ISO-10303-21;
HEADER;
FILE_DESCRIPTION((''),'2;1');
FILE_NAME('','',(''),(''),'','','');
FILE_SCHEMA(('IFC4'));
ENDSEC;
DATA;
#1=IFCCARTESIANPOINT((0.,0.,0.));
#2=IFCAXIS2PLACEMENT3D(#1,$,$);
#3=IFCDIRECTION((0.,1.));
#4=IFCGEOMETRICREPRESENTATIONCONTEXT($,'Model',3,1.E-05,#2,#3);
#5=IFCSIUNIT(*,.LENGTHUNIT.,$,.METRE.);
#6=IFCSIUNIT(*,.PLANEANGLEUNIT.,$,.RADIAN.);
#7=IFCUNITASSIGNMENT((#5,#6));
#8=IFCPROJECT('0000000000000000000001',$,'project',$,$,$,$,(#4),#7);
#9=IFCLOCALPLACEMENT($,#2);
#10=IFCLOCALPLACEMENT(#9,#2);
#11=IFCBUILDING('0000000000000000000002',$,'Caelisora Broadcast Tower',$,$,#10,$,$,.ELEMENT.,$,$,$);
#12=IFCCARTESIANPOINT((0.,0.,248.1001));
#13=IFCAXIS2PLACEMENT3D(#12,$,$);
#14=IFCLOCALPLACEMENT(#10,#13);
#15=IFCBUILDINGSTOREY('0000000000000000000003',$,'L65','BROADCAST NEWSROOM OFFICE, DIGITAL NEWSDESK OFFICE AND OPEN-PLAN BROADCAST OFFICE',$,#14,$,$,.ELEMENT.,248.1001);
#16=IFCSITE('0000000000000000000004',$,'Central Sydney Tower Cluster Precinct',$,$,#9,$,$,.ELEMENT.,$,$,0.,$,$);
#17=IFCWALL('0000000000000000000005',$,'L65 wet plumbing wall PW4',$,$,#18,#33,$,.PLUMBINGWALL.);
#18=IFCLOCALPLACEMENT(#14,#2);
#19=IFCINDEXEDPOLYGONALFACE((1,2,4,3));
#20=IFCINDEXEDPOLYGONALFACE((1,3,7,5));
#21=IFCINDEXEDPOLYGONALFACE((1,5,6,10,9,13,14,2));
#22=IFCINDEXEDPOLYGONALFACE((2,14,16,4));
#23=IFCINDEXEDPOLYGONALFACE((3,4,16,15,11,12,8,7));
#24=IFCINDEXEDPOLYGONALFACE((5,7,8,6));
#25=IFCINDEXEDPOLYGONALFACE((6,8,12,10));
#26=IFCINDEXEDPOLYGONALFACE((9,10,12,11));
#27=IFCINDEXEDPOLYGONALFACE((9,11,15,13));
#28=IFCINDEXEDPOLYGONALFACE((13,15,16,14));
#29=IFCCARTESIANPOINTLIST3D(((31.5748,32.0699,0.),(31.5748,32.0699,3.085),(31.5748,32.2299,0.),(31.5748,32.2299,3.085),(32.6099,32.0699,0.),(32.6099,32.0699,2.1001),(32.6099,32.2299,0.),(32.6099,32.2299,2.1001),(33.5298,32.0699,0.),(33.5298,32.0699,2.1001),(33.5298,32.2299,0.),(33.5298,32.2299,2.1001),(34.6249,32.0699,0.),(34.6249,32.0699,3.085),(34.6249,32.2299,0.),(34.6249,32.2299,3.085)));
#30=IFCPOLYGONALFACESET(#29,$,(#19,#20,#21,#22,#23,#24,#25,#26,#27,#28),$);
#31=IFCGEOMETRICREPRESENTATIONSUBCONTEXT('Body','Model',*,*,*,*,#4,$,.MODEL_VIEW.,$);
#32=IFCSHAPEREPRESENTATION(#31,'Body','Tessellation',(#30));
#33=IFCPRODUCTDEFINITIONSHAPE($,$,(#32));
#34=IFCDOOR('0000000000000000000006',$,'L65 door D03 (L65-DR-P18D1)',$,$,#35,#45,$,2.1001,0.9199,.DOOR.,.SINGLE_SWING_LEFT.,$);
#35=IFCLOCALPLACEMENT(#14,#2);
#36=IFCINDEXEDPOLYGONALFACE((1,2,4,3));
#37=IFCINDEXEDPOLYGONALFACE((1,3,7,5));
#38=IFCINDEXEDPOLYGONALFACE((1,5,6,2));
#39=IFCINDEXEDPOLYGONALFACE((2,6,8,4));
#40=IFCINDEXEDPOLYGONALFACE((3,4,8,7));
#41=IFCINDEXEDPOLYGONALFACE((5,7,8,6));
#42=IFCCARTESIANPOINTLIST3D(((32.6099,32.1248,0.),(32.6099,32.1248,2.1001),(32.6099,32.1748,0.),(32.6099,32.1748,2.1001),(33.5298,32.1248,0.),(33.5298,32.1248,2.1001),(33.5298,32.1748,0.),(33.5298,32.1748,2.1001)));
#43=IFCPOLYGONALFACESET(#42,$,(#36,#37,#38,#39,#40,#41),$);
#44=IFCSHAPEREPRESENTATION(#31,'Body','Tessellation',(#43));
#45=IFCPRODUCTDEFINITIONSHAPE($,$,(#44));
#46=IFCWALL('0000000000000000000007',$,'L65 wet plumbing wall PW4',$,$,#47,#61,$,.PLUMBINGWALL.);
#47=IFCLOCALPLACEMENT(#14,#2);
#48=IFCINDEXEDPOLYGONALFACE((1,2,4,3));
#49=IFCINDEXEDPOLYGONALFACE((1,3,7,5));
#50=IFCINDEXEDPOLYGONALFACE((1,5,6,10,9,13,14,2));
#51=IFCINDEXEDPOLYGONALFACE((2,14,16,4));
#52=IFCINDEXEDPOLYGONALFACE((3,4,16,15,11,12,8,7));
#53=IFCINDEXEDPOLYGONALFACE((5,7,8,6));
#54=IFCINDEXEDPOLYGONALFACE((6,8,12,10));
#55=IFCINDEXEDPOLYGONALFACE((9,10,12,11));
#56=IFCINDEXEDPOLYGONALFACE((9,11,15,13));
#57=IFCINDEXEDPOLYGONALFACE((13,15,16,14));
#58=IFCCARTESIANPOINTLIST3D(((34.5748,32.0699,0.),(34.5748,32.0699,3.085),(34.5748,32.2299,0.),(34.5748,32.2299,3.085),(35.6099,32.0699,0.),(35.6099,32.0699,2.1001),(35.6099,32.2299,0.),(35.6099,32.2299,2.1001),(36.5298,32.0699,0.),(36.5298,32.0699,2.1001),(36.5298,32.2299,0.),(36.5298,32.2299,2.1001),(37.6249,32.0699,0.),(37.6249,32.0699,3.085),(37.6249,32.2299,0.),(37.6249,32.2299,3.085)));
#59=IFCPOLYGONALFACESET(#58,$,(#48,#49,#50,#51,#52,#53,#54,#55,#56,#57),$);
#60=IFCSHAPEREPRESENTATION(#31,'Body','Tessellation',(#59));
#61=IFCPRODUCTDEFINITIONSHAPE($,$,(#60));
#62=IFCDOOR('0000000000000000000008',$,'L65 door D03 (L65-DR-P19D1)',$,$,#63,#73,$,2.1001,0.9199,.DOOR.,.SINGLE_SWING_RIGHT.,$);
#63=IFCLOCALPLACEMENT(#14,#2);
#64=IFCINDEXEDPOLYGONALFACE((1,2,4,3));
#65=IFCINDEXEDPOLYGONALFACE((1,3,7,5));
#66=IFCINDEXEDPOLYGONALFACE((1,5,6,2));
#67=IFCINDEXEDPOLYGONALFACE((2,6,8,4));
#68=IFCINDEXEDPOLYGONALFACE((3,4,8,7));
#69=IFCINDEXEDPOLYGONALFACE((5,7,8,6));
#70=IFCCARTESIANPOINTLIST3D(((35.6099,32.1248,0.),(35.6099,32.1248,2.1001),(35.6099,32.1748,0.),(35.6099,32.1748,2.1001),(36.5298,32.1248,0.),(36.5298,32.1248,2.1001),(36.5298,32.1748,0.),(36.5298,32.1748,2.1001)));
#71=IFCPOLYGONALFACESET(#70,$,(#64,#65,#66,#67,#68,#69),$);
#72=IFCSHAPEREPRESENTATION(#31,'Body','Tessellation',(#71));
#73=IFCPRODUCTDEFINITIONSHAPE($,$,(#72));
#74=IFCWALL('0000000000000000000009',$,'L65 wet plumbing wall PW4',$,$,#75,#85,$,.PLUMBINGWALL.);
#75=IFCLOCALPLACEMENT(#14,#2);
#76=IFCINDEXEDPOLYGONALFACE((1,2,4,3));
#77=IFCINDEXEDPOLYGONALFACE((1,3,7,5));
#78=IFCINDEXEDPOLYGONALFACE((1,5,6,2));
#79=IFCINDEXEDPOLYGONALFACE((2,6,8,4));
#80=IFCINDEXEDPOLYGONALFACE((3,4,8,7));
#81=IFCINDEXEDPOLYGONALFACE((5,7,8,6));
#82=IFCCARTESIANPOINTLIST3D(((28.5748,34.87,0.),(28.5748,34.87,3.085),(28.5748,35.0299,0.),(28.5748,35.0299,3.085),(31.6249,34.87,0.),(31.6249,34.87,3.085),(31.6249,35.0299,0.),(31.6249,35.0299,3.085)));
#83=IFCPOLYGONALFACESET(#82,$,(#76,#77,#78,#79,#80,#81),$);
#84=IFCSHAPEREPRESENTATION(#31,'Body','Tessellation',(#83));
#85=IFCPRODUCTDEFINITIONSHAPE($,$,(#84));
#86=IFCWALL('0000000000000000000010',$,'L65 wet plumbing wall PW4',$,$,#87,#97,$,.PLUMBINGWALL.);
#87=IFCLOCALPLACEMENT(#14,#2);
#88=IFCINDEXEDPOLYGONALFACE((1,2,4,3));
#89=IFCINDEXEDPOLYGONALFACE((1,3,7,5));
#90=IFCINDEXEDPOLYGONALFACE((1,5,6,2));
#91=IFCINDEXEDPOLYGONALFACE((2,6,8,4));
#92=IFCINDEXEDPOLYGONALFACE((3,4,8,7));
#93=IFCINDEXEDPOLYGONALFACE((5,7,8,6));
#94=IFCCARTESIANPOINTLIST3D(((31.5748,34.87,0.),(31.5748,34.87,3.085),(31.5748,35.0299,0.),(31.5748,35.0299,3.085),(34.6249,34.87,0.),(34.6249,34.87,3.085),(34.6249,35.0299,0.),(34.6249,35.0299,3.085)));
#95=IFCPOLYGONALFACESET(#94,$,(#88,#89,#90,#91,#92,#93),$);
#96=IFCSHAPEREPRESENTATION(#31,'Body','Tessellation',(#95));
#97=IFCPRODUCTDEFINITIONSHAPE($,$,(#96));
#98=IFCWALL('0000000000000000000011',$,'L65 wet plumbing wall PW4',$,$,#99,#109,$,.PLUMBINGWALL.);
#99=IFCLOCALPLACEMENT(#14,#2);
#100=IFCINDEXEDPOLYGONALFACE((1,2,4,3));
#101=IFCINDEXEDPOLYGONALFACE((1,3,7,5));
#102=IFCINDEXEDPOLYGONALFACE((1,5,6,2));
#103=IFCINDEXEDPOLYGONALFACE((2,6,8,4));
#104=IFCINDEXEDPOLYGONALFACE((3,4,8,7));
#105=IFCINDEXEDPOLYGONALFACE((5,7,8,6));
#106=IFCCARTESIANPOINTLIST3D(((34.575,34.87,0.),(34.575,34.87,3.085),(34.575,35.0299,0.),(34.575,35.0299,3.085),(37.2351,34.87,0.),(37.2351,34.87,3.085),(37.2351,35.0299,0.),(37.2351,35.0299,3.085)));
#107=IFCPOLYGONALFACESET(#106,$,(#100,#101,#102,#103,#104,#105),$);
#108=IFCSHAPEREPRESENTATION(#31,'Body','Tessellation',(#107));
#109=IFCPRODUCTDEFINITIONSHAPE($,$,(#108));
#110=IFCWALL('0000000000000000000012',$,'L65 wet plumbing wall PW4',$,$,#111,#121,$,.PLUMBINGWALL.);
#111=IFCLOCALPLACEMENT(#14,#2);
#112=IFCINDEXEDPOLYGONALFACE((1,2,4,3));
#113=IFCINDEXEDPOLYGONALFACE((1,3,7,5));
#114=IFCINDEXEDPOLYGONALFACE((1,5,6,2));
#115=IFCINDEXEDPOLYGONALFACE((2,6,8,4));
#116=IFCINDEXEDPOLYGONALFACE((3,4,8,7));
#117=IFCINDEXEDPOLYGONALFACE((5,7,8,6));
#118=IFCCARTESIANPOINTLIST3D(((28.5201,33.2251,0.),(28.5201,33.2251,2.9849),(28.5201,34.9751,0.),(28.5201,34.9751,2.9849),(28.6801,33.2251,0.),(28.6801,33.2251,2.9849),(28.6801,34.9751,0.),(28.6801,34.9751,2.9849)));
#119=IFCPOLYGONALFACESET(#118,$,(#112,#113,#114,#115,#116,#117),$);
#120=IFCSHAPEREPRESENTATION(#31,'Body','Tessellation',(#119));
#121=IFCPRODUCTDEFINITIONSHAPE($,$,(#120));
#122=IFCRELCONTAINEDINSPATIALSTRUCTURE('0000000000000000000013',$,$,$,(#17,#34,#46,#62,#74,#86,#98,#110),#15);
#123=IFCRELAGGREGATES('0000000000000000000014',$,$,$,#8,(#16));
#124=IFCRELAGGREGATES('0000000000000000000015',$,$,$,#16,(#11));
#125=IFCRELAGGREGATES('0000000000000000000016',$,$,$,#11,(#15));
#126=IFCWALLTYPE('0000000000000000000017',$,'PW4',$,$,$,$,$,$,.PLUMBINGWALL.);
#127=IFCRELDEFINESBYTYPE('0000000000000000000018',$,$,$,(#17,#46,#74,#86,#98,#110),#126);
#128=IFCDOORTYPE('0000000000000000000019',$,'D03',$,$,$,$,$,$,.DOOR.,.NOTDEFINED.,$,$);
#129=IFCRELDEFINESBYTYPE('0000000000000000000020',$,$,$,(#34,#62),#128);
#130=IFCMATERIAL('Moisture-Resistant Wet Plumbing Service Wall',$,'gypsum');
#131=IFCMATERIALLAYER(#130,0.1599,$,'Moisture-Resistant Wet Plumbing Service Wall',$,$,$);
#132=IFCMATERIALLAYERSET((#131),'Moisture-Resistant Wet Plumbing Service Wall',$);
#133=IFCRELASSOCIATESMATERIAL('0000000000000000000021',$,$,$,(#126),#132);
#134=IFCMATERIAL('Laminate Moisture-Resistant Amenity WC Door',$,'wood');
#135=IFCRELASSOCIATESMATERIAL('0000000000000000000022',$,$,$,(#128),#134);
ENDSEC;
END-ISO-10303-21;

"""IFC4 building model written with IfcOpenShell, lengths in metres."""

from ifc_helpers import new_model, si_unit, direction, frame, frame_2d, origin, place, context, subcontext, project, spatial, rectangle, extrude, material, layer, layer_set, type_object, element, fill, save


model = new_model("IFC4")

# Units and contexts
model_context = context("Model", 3, precision=1e-05, world=origin(), true_north=direction((0.0, 1.0)))
body_context = subcontext(model_context, "Body", "Model", "MODEL_VIEW")
ifc_project = project(units=[si_unit("LENGTHUNIT", "METRE"), si_unit("PLANEANGLEUNIT", "RADIAN")], contexts=[model_context])

# Site, building, storey
site_placement = place(None, origin())
site = spatial("IfcSite", under=ifc_project, at=site_placement, Name="Central Sydney Tower Cluster Precinct", CompositionType="ELEMENT", RefElevation=0.0)
building_placement = place(site_placement, origin())
building = spatial("IfcBuilding", under=site, at=building_placement, Name="Caelisora Broadcast Tower", CompositionType="ELEMENT")
storey_placement = place(building_placement, frame((0.0, 0.0, 248.1001)))
storey = spatial("IfcBuildingStorey", under=building, at=storey_placement, Name="L65", Description="BROADCAST NEWSROOM OFFICE, DIGITAL NEWSDESK OFFICE AND OPEN-PLAN BROADCAST OFFICE", CompositionType="ELEMENT", Elevation=248.1001)

# Walls, openings, doors
ifc_material_1 = material(Name="Moisture-Resistant Wet Plumbing Service Wall", Category="gypsum")
ifc_layer_1 = layer(ifc_material_1, 0.1599, Name="Moisture-Resistant Wet Plumbing Service Wall")
ifc_layer_set_1 = layer_set([ifc_layer_1], Name="Moisture-Resistant Wet Plumbing Service Wall")
wall_type_1 = type_object("IfcWallType", Name="PW4", PredefinedType="PLUMBINGWALL", material=ifc_layer_set_1)
ifc_material_2 = material(Name="Laminate Moisture-Resistant Amenity WC Door", Category="wood")
door_type_1 = type_object("IfcDoorType", Name="D03", OperationType="NOTDEFINED", PredefinedType="DOOR", material=ifc_material_2)
wall_1_placement = place(storey_placement, frame((31.575, 32.1499, 0.0), z_axis=(0.0, 0.0, 1.0), x_axis=(1.0, 0.0, 0.0)))
wall_1 = element("IfcWall", 1, at=wall_1_placement, inside=storey, type_object=wall_type_1, Name="L65 wet plumbing wall PW4", PredefinedType="PLUMBINGWALL", context=body_context, shape_type="SweptSolid", body=[
    extrude(rectangle(XDim=3.05, YDim=0.1599, at=frame_2d((1.5249, 0.0))), origin(), (0.0, 0.0, 1.0), 3.085),
])
opening_1_placement = place(wall_1_placement, frame((1.0349, 0.0, 0.0)))
opening_1 = element("IfcOpeningElement", 2, at=opening_1_placement, cuts=wall_1, PredefinedType="OPENING", context=body_context, shape_type="SweptSolid", body=[
    extrude(rectangle(XDim=0.9199, YDim=2.1001, at=frame_2d((0.46, 1.05))), frame((0.0, 0.092, 0.0), z_axis=(0.0, -1.0, 0.0), x_axis=(1.0, 0.0, 0.0)), (0.0, 0.0, 1.0), 0.1838),
])
door_1_placement = place(opening_1_placement, origin())
door_1 = element("IfcDoor", 3, at=door_1_placement, inside=storey, type_object=door_type_1, Name="L65 door D03 (L65-DR-P18D1)", OperationType="SINGLE_SWING_LEFT", OverallHeight=2.1001, OverallWidth=0.9199, PredefinedType="DOOR", context=body_context, shape_type="SweptSolid", body=[
    extrude(rectangle(XDim=0.9199, YDim=2.1001, at=frame_2d((0.46, 1.05))), frame((0.0, 0.0249, 0.0), z_axis=(0.0, -1.0, 0.0), x_axis=(1.0, 0.0, 0.0)), (0.0, 0.0, 1.0), 0.05),
])
fill(opening_1, door_1)
wall_2_placement = place(storey_placement, frame((34.575, 32.1499, 0.0), z_axis=(0.0, 0.0, 1.0), x_axis=(1.0, 0.0, 0.0)))
wall_2 = element("IfcWall", 4, at=wall_2_placement, inside=storey, type_object=wall_type_1, Name="L65 wet plumbing wall PW4", PredefinedType="PLUMBINGWALL", context=body_context, shape_type="SweptSolid", body=[
    extrude(rectangle(XDim=3.05, YDim=0.1599, at=frame_2d((1.5249, 0.0))), origin(), (0.0, 0.0, 1.0), 3.085),
])
opening_2_placement = place(wall_2_placement, frame((1.0349, 0.0, 0.0)))
opening_2 = element("IfcOpeningElement", 5, at=opening_2_placement, cuts=wall_2, PredefinedType="OPENING", context=body_context, shape_type="SweptSolid", body=[
    extrude(rectangle(XDim=0.9199, YDim=2.1001, at=frame_2d((0.46, 1.05))), frame((0.0, 0.092, 0.0), z_axis=(0.0, -1.0, 0.0), x_axis=(1.0, 0.0, 0.0)), (0.0, 0.0, 1.0), 0.1838),
])
door_2_placement = place(opening_2_placement, origin())
door_2 = element("IfcDoor", 6, at=door_2_placement, inside=storey, type_object=door_type_1, Name="L65 door D03 (L65-DR-P19D1)", OperationType="SINGLE_SWING_RIGHT", OverallHeight=2.1001, OverallWidth=0.9199, PredefinedType="DOOR", context=body_context, shape_type="SweptSolid", body=[
    extrude(rectangle(XDim=0.9199, YDim=2.1001, at=frame_2d((0.46, 1.05))), frame((0.0, 0.0249, 0.0), z_axis=(0.0, -1.0, 0.0), x_axis=(1.0, 0.0, 0.0)), (0.0, 0.0, 1.0), 0.05),
])
fill(opening_2, door_2)

# Walls
for number, where, z_axis, x_axis, name in (
    (7, (28.575, 34.95, 0.0), (0.0, 0.0, 1.0), (1.0, 0.0, 0.0), "L65 wet plumbing wall PW4"),
    (8, (31.575, 34.95, 0.0), (0.0, 0.0, 1.0), (1.0, 0.0, 0.0), "L65 wet plumbing wall PW4"),
):
    element("IfcWall", number, at=place(storey_placement, frame(where, z_axis=z_axis, x_axis=x_axis)), inside=storey, type_object=wall_type_1, Name=name, PredefinedType="PLUMBINGWALL", context=body_context, shape_type="SweptSolid", body=[
        extrude(rectangle(XDim=3.05, YDim=0.1599, at=frame_2d((1.5249, 0.0))), origin(), (0.0, 0.0, 1.0), 3.085),
    ])
wall_3_placement = place(storey_placement, frame((34.575, 34.95, 0.0), z_axis=(0.0, 0.0, 1.0), x_axis=(1.0, 0.0, 0.0)))
element("IfcWall", 9, at=wall_3_placement, inside=storey, type_object=wall_type_1, Name="L65 wet plumbing wall PW4", PredefinedType="PLUMBINGWALL", context=body_context, shape_type="SweptSolid", body=[
    extrude(rectangle(XDim=2.6602, YDim=0.1599, at=frame_2d((1.3301, 0.0))), origin(), (0.0, 0.0, 1.0), 3.085),
])
wall_4_placement = place(storey_placement, frame((28.6001, 33.2251, 0.0), z_axis=(0.0, 0.0, 1.0), x_axis=(0.0, 1.0, 0.0)))
element("IfcWall", 10, at=wall_4_placement, inside=storey, type_object=wall_type_1, Name="L65 wet plumbing wall PW4", PredefinedType="PLUMBINGWALL", context=body_context, shape_type="SweptSolid", body=[
    extrude(rectangle(XDim=1.75, YDim=0.1599, at=frame_2d((0.875, 0.0))), origin(), (0.0, 0.0, 1.0), 2.9849),
])

save(model, "model.ifc")
